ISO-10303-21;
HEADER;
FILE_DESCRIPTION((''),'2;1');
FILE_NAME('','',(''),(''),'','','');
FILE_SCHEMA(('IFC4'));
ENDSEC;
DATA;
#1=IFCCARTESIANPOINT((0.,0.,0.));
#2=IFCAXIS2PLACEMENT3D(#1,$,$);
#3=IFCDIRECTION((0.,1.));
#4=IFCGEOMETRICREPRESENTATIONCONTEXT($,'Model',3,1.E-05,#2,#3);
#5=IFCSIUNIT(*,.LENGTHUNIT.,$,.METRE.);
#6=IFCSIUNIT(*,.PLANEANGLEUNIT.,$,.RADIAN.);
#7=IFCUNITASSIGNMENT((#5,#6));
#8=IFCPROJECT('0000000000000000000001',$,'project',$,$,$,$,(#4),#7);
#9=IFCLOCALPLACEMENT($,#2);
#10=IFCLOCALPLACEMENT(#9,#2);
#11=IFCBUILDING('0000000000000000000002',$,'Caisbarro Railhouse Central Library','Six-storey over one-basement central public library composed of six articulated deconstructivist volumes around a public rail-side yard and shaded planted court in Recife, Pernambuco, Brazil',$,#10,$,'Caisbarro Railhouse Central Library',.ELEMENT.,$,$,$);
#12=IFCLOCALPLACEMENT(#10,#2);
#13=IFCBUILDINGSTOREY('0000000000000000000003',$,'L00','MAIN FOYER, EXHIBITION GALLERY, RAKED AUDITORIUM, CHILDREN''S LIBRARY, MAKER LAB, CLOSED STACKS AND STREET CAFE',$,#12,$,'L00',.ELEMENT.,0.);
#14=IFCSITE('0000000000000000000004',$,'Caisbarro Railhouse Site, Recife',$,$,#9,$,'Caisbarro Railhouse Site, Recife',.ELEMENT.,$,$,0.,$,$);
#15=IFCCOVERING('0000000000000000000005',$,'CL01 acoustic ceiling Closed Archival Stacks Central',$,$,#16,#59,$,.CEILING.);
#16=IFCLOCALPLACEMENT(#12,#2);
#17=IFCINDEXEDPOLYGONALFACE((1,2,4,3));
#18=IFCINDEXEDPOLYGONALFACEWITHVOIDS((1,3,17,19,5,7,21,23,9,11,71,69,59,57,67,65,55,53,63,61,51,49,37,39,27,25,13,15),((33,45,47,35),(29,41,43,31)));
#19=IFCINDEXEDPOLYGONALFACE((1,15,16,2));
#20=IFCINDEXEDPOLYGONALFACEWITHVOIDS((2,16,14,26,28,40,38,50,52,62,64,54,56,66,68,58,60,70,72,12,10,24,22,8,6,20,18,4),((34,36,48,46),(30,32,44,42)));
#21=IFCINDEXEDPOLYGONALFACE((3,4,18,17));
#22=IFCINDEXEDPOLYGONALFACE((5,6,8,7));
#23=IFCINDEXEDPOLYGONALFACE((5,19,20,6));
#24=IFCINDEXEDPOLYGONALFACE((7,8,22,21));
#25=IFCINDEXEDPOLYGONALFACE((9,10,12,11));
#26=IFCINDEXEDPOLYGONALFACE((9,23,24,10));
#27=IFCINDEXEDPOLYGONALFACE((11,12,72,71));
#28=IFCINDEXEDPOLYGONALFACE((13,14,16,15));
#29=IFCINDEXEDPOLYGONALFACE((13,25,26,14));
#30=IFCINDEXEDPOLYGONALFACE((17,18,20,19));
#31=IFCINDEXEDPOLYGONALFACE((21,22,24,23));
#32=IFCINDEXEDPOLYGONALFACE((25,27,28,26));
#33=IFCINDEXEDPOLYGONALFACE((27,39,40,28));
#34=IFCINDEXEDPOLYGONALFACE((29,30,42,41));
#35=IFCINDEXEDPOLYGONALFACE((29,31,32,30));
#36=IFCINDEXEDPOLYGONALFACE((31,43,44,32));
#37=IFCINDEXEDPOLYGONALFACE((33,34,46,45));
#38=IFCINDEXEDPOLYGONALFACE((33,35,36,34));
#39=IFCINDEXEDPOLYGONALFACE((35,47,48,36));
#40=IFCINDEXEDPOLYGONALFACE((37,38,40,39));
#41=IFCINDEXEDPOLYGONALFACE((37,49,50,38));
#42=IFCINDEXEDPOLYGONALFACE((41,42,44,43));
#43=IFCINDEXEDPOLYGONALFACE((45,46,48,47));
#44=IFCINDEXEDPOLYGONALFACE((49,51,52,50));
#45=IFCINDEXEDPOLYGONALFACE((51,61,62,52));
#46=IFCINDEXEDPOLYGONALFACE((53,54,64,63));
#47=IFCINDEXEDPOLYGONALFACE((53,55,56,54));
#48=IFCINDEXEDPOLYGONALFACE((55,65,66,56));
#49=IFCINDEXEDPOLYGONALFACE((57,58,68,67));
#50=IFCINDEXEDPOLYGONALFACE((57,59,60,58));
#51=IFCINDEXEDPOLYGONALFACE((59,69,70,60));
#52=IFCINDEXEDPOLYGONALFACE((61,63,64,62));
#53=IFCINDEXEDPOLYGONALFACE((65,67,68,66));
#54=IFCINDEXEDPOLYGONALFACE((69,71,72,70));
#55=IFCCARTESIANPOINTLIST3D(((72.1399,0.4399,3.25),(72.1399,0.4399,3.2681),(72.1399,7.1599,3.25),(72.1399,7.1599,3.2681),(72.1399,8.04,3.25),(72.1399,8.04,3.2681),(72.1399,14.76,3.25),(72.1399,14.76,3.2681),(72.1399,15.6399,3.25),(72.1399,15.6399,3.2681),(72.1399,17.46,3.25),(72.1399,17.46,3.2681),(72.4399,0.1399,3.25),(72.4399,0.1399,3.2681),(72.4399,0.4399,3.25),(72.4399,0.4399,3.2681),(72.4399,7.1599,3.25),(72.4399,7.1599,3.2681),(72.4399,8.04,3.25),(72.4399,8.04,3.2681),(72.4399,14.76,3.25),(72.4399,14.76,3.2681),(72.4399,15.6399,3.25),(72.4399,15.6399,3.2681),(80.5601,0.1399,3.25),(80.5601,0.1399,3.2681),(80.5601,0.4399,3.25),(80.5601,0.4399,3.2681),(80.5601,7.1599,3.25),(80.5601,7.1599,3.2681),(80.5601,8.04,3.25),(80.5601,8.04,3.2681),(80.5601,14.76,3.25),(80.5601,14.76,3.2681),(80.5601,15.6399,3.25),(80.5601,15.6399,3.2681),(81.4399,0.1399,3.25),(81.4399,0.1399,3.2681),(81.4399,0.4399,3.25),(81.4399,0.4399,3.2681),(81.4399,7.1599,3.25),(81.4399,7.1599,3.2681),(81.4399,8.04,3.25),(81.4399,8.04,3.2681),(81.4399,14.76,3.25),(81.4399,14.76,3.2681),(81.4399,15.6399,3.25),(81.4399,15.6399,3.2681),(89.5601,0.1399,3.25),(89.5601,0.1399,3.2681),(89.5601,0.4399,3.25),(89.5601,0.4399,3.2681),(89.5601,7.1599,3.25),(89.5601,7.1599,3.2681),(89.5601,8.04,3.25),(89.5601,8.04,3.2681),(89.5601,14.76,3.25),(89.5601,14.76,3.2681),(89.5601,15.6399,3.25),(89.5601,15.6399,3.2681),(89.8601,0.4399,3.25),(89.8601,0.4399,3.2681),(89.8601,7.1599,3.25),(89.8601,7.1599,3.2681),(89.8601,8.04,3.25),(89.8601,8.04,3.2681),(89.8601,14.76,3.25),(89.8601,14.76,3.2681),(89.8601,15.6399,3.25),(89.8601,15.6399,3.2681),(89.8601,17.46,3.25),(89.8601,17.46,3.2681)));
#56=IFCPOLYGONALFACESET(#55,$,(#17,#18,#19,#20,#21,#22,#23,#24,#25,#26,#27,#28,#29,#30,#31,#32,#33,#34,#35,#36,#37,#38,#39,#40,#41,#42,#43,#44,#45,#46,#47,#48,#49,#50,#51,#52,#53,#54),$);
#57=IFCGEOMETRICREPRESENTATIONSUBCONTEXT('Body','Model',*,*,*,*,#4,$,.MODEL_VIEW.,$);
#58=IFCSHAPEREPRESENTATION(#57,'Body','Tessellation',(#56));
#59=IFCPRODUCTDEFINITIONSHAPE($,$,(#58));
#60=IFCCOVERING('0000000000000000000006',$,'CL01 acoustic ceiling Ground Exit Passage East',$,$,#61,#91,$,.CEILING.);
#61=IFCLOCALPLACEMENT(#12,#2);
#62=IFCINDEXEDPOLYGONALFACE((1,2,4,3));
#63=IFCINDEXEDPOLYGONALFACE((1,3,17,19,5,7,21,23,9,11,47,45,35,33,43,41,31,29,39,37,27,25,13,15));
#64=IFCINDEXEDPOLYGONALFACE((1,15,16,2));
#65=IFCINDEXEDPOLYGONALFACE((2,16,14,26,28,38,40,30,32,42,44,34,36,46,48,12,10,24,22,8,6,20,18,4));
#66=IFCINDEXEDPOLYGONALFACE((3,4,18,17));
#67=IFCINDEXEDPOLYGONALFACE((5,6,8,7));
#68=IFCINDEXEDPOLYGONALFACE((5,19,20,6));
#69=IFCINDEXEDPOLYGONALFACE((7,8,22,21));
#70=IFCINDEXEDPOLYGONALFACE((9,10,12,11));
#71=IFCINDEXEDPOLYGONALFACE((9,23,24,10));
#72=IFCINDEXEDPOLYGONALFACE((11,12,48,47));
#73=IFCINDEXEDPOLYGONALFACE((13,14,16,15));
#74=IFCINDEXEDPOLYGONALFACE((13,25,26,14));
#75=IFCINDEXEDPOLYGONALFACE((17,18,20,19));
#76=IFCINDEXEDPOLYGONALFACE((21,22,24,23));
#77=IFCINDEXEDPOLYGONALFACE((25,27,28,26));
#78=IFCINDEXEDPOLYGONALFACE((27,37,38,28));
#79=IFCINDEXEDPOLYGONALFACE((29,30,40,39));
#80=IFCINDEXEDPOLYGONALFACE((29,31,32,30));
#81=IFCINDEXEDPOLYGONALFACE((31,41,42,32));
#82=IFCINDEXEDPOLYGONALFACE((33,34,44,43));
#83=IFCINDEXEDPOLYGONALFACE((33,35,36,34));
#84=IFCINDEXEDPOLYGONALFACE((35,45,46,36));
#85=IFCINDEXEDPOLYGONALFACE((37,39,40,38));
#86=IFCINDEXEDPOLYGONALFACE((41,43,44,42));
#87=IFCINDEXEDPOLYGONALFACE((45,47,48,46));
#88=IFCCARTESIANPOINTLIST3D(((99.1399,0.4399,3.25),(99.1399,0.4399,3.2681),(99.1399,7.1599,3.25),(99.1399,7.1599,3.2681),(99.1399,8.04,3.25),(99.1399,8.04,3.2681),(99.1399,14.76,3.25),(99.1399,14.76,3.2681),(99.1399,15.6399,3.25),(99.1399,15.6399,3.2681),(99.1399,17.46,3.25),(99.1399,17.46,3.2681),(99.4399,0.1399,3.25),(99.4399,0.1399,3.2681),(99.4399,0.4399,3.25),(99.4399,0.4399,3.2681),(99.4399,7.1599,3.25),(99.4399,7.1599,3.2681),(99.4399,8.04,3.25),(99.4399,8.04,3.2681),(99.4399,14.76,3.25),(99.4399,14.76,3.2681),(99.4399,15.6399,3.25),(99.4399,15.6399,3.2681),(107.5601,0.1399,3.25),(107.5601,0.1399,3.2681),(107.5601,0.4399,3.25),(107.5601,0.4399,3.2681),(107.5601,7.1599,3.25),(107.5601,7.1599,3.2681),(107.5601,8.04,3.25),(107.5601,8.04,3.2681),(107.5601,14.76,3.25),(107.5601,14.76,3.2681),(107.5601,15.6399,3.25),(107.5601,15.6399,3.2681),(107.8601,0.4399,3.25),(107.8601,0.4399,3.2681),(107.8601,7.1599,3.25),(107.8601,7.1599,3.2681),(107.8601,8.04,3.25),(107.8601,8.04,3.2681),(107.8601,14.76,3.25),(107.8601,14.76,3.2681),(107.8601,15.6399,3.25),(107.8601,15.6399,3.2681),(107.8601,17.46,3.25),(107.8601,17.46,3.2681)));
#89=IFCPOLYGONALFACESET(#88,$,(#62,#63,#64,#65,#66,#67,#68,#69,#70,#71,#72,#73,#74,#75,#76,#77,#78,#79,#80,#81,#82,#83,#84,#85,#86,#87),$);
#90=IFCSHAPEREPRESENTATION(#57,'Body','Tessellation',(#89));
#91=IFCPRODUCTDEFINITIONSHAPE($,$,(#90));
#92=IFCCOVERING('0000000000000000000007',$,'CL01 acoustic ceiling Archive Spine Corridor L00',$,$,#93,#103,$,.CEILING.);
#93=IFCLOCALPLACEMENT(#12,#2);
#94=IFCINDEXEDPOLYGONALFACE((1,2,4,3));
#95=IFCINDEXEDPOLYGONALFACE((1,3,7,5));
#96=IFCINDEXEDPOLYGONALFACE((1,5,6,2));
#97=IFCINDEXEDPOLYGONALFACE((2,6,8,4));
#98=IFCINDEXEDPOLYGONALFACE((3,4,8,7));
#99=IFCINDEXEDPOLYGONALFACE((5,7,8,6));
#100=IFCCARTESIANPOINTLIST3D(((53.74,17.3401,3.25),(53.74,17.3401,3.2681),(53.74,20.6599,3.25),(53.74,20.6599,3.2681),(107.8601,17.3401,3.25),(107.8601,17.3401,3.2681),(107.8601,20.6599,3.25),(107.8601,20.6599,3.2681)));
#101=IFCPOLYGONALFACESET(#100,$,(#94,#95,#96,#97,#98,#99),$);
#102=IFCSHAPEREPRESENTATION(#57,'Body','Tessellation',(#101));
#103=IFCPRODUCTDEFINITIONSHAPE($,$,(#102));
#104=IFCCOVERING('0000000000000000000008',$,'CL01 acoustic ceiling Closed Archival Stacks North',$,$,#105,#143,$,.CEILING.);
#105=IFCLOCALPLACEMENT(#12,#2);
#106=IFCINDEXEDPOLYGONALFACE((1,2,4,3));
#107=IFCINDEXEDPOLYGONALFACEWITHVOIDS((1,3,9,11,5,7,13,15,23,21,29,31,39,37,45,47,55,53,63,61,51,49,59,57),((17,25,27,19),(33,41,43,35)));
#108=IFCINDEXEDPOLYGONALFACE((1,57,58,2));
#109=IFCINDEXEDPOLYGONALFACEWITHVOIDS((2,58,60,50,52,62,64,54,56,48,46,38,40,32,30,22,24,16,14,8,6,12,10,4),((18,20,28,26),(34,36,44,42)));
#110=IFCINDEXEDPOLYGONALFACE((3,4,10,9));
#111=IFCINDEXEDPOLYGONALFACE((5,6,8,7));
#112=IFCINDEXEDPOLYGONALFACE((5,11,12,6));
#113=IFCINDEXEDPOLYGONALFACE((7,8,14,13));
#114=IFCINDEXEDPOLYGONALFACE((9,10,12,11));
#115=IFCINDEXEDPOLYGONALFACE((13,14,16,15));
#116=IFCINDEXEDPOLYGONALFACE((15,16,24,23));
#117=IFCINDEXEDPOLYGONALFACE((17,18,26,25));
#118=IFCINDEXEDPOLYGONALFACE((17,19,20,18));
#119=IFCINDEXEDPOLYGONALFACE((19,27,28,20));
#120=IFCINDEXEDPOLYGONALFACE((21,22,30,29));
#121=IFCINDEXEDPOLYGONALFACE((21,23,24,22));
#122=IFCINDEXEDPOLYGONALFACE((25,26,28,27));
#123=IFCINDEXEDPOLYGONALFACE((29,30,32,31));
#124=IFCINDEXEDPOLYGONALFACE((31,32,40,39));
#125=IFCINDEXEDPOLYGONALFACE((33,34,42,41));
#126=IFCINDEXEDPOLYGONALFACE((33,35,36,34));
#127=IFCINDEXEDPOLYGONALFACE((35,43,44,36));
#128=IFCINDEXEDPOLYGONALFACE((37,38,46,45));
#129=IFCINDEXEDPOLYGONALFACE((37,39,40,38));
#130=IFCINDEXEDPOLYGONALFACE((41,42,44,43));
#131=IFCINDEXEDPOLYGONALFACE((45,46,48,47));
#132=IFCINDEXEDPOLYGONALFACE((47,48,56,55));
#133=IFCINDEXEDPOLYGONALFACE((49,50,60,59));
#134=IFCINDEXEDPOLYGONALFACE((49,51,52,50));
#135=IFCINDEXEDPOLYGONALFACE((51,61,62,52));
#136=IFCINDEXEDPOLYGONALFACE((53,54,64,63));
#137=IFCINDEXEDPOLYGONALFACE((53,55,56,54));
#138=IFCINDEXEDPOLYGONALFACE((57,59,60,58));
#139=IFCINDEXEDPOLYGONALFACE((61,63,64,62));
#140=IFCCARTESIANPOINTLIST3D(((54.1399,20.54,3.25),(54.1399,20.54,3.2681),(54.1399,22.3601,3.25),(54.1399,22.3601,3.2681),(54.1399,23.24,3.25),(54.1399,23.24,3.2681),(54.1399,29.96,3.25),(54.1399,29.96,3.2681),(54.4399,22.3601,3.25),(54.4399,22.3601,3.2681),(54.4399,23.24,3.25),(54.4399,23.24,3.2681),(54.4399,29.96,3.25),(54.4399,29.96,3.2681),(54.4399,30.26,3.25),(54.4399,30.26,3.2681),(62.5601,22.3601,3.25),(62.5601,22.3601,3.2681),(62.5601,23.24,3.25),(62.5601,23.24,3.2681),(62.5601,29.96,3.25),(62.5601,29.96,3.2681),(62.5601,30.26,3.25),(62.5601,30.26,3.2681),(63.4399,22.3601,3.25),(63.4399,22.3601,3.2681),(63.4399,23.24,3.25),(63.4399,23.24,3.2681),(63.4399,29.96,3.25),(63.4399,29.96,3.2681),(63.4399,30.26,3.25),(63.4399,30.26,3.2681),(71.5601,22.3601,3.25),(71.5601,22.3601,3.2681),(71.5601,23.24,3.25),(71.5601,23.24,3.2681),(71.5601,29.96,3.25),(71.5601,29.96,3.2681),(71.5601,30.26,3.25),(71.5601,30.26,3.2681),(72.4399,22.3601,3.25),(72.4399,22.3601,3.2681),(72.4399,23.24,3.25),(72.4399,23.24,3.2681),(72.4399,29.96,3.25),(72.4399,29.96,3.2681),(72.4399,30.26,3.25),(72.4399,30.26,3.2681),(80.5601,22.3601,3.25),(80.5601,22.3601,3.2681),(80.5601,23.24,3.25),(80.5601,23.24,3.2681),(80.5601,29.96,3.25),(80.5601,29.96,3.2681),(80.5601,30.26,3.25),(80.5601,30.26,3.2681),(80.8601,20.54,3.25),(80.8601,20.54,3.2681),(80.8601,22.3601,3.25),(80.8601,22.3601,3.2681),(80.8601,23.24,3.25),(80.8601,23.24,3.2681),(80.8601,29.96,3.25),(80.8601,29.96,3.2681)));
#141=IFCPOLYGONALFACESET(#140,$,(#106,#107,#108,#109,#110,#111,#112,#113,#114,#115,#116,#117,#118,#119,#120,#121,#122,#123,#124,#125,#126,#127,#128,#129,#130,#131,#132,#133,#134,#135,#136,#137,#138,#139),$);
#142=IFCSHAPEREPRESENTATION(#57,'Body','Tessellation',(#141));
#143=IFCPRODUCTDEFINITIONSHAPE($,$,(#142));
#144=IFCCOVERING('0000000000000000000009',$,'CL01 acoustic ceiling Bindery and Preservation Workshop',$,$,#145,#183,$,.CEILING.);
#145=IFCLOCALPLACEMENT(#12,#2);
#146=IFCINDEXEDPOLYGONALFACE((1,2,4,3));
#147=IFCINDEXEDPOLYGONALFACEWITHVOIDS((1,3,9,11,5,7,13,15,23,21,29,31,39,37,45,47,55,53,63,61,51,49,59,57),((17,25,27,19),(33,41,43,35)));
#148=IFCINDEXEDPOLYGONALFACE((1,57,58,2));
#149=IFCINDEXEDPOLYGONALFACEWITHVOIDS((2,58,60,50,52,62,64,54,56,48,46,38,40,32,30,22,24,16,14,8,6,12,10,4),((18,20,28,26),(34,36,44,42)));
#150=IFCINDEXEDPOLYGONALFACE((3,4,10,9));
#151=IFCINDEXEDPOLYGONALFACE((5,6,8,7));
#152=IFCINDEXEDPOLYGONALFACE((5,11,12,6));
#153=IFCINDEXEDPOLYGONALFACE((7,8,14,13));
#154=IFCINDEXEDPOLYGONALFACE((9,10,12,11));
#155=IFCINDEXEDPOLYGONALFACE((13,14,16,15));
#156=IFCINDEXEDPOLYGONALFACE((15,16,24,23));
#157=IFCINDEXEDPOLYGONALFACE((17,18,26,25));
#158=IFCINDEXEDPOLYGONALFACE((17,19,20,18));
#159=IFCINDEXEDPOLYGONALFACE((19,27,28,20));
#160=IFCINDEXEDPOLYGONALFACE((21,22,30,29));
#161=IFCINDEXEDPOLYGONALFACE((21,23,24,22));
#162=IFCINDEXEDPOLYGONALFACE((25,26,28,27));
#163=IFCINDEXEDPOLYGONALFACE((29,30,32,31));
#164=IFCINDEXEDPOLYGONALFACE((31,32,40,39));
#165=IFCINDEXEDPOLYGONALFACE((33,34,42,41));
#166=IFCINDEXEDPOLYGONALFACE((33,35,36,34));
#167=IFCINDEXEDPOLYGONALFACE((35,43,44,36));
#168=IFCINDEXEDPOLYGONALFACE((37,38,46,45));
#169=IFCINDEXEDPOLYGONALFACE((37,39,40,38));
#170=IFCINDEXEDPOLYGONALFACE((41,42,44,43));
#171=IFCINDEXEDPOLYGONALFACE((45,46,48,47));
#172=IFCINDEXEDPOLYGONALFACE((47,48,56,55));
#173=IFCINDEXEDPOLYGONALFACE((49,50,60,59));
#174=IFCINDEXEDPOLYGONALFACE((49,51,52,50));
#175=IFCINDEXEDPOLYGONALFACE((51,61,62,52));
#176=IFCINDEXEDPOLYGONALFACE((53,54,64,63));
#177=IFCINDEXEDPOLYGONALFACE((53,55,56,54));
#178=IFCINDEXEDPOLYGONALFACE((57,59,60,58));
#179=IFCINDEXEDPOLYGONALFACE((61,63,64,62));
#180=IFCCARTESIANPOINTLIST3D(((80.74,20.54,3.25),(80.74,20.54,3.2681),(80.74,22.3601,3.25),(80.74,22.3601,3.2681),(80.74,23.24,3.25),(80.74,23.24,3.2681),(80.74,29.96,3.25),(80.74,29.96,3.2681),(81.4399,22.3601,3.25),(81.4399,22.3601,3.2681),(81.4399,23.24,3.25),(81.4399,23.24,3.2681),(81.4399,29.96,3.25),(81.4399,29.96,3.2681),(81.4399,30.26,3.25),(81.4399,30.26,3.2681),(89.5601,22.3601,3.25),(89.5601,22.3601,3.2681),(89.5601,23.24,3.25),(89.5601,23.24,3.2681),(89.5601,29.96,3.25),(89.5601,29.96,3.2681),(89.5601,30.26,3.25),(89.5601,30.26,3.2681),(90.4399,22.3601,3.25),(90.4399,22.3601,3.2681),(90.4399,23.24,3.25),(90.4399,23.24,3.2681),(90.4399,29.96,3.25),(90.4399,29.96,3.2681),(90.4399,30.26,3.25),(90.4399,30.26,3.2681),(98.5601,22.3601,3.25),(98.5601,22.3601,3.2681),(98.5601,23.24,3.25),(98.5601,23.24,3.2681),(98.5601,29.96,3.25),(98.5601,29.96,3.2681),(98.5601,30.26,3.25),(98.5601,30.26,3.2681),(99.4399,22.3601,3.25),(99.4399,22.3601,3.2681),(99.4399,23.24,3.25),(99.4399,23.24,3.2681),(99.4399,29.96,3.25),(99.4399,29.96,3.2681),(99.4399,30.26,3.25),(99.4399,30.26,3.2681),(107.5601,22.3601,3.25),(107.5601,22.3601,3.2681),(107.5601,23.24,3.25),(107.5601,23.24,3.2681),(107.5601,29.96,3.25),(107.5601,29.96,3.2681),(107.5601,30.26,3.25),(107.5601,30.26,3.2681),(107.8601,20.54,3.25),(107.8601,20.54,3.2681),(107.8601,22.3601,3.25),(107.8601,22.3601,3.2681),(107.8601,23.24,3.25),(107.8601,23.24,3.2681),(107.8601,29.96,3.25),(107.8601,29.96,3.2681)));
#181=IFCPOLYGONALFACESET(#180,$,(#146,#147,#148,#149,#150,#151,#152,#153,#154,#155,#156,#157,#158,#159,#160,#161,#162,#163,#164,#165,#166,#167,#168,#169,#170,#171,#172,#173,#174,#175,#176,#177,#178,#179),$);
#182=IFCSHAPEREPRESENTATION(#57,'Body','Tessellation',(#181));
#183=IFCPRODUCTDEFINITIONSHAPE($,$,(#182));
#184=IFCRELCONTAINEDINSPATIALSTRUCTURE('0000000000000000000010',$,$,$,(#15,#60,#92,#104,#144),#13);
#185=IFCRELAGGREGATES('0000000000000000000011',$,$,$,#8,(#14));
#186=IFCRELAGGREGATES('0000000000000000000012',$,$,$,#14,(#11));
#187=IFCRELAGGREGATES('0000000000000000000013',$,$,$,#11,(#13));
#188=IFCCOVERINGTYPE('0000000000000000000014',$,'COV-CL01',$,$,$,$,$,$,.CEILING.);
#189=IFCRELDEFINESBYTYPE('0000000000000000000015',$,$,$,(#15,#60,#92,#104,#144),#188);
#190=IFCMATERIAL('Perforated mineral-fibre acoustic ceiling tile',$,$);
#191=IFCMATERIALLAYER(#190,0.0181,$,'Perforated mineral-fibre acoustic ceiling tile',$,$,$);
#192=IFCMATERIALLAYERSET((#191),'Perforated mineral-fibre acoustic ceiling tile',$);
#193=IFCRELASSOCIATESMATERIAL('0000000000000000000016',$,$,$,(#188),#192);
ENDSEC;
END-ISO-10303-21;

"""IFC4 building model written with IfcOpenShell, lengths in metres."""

from ifc_helpers import new_model, si_unit, direction, frame, origin, place, context, subcontext, project, spatial, polyline, outline, extrude, material, layer, layer_set, type_object, element, save


model = new_model("IFC4")

# Units and contexts
model_context = context("Model", 3, precision=1e-05, world=origin(), true_north=direction((0.0, 1.0)))
body_context = subcontext(model_context, "Body", "Model", "MODEL_VIEW")
ifc_project = project(units=[si_unit("LENGTHUNIT", "METRE"), si_unit("PLANEANGLEUNIT", "RADIAN")], contexts=[model_context])

# Site, building, storey
site_placement = place(None, origin())
site = spatial("IfcSite", under=ifc_project, at=site_placement, Name="Caisbarro Railhouse Site, Recife", LongName="Caisbarro Railhouse Site, Recife", CompositionType="ELEMENT", RefElevation=0.0)
building_placement = place(site_placement, origin())
building = spatial("IfcBuilding", under=site, at=building_placement, Name="Caisbarro Railhouse Central Library", Description="Six-storey over one-basement central public library composed of six articulated deconstructivist volumes around a public rail-side yard and shaded planted court in Recife, Pernambuco, Brazil", LongName="Caisbarro Railhouse Central Library", CompositionType="ELEMENT")
storey_placement = place(building_placement, origin())
storey = spatial("IfcBuildingStorey", under=building, at=storey_placement, Name="L00", Description="MAIN FOYER, EXHIBITION GALLERY, RAKED AUDITORIUM, CHILDREN'S LIBRARY, MAKER LAB, CLOSED STACKS AND STREET CAFE", LongName="L00", CompositionType="ELEMENT", Elevation=0.0)

# Coverings
ifc_material_1 = material(Name="Perforated mineral-fibre acoustic ceiling tile")
ifc_layer_1 = layer(ifc_material_1, 0.0181, Name="Perforated mineral-fibre acoustic ceiling tile")
ifc_layer_set_1 = layer_set([ifc_layer_1], Name="Perforated mineral-fibre acoustic ceiling tile")
covering_type_1 = type_object("IfcCoveringType", Name="COV-CL01", PredefinedType="CEILING", material=ifc_layer_set_1)
covering_1_placement = place(storey_placement, frame((0.0, 0.0, 3.25)))
element("IfcCovering", 1, at=covering_1_placement, inside=storey, type_object=covering_type_1, Name="CL01 acoustic ceiling Closed Archival Stacks Central", PredefinedType="CEILING", context=body_context, shape_type="SweptSolid", body=[
    extrude(outline(polyline([(72.4399, 0.4399), (72.1399, 0.4399), (72.1399, 7.1599), (72.4399, 7.1599), (72.4399, 8.04), (72.1399, 8.04), (72.1399, 14.76), (72.4399, 14.76), (72.4399, 15.6399), (72.1399, 15.6399), (72.1399, 17.46), (89.8601, 17.46), (89.8601, 15.6399), (89.5601, 15.6399), (89.5601, 14.76), (89.8601, 14.76), (89.8601, 8.04), (89.5601, 8.04), (89.5601, 7.1599), (89.8601, 7.1599), (89.8601, 0.4399), (89.5601, 0.4399), (89.5601, 0.1399), (81.4399, 0.1399), (81.4399, 0.4399), (80.5601, 0.4399), (80.5601, 0.1399), (72.4399, 0.1399), (72.4399, 0.4399)]), holes=[polyline([(81.4399, 8.04), (80.5601, 8.04), (80.5601, 7.1599), (81.4399, 7.1599), (81.4399, 8.04)]), polyline([(81.4399, 14.76), (81.4399, 15.6399), (80.5601, 15.6399), (80.5601, 14.76), (81.4399, 14.76)])]), origin(), (0.0, 0.0, 1.0), 0.0181),
])
covering_2_placement = place(storey_placement, frame((0.0, 0.0, 3.25)))
element("IfcCovering", 2, at=covering_2_placement, inside=storey, type_object=covering_type_1, Name="CL01 acoustic ceiling Ground Exit Passage East", PredefinedType="CEILING", context=body_context, shape_type="SweptSolid", body=[
    extrude(outline(polyline([(99.1399, 0.4399), (99.1399, 7.1599), (99.4399, 7.1599), (99.4399, 8.04), (99.1399, 8.04), (99.1399, 14.76), (99.4399, 14.76), (99.4399, 15.6399), (99.1399, 15.6399), (99.1399, 17.46), (107.8601, 17.46), (107.8601, 15.6399), (107.5601, 15.6399), (107.5601, 14.76), (107.8601, 14.76), (107.8601, 8.04), (107.5601, 8.04), (107.5601, 7.1599), (107.8601, 7.1599), (107.8601, 0.4399), (107.5601, 0.4399), (107.5601, 0.1399), (99.4399, 0.1399), (99.4399, 0.4399), (99.1399, 0.4399)])), origin(), (0.0, 0.0, 1.0), 0.0181),
])
covering_3_placement = place(storey_placement, frame((0.0, 0.0, 3.25)))
element("IfcCovering", 3, at=covering_3_placement, inside=storey, type_object=covering_type_1, Name="CL01 acoustic ceiling Archive Spine Corridor L00", PredefinedType="CEILING", context=body_context, shape_type="SweptSolid", body=[
    extrude(outline(polyline([(53.74, 17.3401), (53.74, 20.6599), (107.8601, 20.6599), (107.8601, 17.3401), (53.74, 17.3401)])), origin(), (0.0, 0.0, 1.0), 0.0181),
])
covering_4_placement = place(storey_placement, frame((0.0, 0.0, 3.25)))
element("IfcCovering", 4, at=covering_4_placement, inside=storey, type_object=covering_type_1, Name="CL01 acoustic ceiling Closed Archival Stacks North", PredefinedType="CEILING", context=body_context, shape_type="SweptSolid", body=[
    extrude(outline(polyline([(62.5601, 30.26), (62.5601, 29.96), (63.4399, 29.96), (63.4399, 30.26), (71.5601, 30.26), (71.5601, 29.96), (72.4399, 29.96), (72.4399, 30.26), (80.5601, 30.26), (80.5601, 29.96), (80.8601, 29.96), (80.8601, 23.24), (80.5601, 23.24), (80.5601, 22.3601), (80.8601, 22.3601), (80.8601, 20.54), (54.1399, 20.54), (54.1399, 22.3601), (54.4399, 22.3601), (54.4399, 23.24), (54.1399, 23.24), (54.1399, 29.96), (54.4399, 29.96), (54.4399, 30.26), (62.5601, 30.26)]), holes=[polyline([(62.5601, 23.24), (62.5601, 22.3601), (63.4399, 22.3601), (63.4399, 23.24), (62.5601, 23.24)]), polyline([(72.4399, 22.3601), (72.4399, 23.24), (71.5601, 23.24), (71.5601, 22.3601), (72.4399, 22.3601)])]), origin(), (0.0, 0.0, 1.0), 0.0181),
])
covering_5_placement = place(storey_placement, frame((0.0, 0.0, 3.25)))
element("IfcCovering", 5, at=covering_5_placement, inside=storey, type_object=covering_type_1, Name="CL01 acoustic ceiling Bindery and Preservation Workshop", PredefinedType="CEILING", context=body_context, shape_type="SweptSolid", body=[
    extrude(outline(polyline([(89.5601, 30.26), (89.5601, 29.96), (90.4399, 29.96), (90.4399, 30.26), (98.5601, 30.26), (98.5601, 29.96), (99.4399, 29.96), (99.4399, 30.26), (107.5601, 30.26), (107.5601, 29.96), (107.8601, 29.96), (107.8601, 23.24), (107.5601, 23.24), (107.5601, 22.3601), (107.8601, 22.3601), (107.8601, 20.54), (80.74, 20.54), (80.74, 22.3601), (81.4399, 22.3601), (81.4399, 23.24), (80.74, 23.24), (80.74, 29.96), (81.4399, 29.96), (81.4399, 30.26), (89.5601, 30.26)]), holes=[polyline([(89.5601, 23.24), (89.5601, 22.3601), (90.4399, 22.3601), (90.4399, 23.24), (89.5601, 23.24)]), polyline([(99.4399, 22.3601), (99.4399, 23.24), (98.5601, 23.24), (98.5601, 22.3601), (99.4399, 22.3601)])]), origin(), (0.0, 0.0, 1.0), 0.0181),
])

save(model, "model.ifc")
